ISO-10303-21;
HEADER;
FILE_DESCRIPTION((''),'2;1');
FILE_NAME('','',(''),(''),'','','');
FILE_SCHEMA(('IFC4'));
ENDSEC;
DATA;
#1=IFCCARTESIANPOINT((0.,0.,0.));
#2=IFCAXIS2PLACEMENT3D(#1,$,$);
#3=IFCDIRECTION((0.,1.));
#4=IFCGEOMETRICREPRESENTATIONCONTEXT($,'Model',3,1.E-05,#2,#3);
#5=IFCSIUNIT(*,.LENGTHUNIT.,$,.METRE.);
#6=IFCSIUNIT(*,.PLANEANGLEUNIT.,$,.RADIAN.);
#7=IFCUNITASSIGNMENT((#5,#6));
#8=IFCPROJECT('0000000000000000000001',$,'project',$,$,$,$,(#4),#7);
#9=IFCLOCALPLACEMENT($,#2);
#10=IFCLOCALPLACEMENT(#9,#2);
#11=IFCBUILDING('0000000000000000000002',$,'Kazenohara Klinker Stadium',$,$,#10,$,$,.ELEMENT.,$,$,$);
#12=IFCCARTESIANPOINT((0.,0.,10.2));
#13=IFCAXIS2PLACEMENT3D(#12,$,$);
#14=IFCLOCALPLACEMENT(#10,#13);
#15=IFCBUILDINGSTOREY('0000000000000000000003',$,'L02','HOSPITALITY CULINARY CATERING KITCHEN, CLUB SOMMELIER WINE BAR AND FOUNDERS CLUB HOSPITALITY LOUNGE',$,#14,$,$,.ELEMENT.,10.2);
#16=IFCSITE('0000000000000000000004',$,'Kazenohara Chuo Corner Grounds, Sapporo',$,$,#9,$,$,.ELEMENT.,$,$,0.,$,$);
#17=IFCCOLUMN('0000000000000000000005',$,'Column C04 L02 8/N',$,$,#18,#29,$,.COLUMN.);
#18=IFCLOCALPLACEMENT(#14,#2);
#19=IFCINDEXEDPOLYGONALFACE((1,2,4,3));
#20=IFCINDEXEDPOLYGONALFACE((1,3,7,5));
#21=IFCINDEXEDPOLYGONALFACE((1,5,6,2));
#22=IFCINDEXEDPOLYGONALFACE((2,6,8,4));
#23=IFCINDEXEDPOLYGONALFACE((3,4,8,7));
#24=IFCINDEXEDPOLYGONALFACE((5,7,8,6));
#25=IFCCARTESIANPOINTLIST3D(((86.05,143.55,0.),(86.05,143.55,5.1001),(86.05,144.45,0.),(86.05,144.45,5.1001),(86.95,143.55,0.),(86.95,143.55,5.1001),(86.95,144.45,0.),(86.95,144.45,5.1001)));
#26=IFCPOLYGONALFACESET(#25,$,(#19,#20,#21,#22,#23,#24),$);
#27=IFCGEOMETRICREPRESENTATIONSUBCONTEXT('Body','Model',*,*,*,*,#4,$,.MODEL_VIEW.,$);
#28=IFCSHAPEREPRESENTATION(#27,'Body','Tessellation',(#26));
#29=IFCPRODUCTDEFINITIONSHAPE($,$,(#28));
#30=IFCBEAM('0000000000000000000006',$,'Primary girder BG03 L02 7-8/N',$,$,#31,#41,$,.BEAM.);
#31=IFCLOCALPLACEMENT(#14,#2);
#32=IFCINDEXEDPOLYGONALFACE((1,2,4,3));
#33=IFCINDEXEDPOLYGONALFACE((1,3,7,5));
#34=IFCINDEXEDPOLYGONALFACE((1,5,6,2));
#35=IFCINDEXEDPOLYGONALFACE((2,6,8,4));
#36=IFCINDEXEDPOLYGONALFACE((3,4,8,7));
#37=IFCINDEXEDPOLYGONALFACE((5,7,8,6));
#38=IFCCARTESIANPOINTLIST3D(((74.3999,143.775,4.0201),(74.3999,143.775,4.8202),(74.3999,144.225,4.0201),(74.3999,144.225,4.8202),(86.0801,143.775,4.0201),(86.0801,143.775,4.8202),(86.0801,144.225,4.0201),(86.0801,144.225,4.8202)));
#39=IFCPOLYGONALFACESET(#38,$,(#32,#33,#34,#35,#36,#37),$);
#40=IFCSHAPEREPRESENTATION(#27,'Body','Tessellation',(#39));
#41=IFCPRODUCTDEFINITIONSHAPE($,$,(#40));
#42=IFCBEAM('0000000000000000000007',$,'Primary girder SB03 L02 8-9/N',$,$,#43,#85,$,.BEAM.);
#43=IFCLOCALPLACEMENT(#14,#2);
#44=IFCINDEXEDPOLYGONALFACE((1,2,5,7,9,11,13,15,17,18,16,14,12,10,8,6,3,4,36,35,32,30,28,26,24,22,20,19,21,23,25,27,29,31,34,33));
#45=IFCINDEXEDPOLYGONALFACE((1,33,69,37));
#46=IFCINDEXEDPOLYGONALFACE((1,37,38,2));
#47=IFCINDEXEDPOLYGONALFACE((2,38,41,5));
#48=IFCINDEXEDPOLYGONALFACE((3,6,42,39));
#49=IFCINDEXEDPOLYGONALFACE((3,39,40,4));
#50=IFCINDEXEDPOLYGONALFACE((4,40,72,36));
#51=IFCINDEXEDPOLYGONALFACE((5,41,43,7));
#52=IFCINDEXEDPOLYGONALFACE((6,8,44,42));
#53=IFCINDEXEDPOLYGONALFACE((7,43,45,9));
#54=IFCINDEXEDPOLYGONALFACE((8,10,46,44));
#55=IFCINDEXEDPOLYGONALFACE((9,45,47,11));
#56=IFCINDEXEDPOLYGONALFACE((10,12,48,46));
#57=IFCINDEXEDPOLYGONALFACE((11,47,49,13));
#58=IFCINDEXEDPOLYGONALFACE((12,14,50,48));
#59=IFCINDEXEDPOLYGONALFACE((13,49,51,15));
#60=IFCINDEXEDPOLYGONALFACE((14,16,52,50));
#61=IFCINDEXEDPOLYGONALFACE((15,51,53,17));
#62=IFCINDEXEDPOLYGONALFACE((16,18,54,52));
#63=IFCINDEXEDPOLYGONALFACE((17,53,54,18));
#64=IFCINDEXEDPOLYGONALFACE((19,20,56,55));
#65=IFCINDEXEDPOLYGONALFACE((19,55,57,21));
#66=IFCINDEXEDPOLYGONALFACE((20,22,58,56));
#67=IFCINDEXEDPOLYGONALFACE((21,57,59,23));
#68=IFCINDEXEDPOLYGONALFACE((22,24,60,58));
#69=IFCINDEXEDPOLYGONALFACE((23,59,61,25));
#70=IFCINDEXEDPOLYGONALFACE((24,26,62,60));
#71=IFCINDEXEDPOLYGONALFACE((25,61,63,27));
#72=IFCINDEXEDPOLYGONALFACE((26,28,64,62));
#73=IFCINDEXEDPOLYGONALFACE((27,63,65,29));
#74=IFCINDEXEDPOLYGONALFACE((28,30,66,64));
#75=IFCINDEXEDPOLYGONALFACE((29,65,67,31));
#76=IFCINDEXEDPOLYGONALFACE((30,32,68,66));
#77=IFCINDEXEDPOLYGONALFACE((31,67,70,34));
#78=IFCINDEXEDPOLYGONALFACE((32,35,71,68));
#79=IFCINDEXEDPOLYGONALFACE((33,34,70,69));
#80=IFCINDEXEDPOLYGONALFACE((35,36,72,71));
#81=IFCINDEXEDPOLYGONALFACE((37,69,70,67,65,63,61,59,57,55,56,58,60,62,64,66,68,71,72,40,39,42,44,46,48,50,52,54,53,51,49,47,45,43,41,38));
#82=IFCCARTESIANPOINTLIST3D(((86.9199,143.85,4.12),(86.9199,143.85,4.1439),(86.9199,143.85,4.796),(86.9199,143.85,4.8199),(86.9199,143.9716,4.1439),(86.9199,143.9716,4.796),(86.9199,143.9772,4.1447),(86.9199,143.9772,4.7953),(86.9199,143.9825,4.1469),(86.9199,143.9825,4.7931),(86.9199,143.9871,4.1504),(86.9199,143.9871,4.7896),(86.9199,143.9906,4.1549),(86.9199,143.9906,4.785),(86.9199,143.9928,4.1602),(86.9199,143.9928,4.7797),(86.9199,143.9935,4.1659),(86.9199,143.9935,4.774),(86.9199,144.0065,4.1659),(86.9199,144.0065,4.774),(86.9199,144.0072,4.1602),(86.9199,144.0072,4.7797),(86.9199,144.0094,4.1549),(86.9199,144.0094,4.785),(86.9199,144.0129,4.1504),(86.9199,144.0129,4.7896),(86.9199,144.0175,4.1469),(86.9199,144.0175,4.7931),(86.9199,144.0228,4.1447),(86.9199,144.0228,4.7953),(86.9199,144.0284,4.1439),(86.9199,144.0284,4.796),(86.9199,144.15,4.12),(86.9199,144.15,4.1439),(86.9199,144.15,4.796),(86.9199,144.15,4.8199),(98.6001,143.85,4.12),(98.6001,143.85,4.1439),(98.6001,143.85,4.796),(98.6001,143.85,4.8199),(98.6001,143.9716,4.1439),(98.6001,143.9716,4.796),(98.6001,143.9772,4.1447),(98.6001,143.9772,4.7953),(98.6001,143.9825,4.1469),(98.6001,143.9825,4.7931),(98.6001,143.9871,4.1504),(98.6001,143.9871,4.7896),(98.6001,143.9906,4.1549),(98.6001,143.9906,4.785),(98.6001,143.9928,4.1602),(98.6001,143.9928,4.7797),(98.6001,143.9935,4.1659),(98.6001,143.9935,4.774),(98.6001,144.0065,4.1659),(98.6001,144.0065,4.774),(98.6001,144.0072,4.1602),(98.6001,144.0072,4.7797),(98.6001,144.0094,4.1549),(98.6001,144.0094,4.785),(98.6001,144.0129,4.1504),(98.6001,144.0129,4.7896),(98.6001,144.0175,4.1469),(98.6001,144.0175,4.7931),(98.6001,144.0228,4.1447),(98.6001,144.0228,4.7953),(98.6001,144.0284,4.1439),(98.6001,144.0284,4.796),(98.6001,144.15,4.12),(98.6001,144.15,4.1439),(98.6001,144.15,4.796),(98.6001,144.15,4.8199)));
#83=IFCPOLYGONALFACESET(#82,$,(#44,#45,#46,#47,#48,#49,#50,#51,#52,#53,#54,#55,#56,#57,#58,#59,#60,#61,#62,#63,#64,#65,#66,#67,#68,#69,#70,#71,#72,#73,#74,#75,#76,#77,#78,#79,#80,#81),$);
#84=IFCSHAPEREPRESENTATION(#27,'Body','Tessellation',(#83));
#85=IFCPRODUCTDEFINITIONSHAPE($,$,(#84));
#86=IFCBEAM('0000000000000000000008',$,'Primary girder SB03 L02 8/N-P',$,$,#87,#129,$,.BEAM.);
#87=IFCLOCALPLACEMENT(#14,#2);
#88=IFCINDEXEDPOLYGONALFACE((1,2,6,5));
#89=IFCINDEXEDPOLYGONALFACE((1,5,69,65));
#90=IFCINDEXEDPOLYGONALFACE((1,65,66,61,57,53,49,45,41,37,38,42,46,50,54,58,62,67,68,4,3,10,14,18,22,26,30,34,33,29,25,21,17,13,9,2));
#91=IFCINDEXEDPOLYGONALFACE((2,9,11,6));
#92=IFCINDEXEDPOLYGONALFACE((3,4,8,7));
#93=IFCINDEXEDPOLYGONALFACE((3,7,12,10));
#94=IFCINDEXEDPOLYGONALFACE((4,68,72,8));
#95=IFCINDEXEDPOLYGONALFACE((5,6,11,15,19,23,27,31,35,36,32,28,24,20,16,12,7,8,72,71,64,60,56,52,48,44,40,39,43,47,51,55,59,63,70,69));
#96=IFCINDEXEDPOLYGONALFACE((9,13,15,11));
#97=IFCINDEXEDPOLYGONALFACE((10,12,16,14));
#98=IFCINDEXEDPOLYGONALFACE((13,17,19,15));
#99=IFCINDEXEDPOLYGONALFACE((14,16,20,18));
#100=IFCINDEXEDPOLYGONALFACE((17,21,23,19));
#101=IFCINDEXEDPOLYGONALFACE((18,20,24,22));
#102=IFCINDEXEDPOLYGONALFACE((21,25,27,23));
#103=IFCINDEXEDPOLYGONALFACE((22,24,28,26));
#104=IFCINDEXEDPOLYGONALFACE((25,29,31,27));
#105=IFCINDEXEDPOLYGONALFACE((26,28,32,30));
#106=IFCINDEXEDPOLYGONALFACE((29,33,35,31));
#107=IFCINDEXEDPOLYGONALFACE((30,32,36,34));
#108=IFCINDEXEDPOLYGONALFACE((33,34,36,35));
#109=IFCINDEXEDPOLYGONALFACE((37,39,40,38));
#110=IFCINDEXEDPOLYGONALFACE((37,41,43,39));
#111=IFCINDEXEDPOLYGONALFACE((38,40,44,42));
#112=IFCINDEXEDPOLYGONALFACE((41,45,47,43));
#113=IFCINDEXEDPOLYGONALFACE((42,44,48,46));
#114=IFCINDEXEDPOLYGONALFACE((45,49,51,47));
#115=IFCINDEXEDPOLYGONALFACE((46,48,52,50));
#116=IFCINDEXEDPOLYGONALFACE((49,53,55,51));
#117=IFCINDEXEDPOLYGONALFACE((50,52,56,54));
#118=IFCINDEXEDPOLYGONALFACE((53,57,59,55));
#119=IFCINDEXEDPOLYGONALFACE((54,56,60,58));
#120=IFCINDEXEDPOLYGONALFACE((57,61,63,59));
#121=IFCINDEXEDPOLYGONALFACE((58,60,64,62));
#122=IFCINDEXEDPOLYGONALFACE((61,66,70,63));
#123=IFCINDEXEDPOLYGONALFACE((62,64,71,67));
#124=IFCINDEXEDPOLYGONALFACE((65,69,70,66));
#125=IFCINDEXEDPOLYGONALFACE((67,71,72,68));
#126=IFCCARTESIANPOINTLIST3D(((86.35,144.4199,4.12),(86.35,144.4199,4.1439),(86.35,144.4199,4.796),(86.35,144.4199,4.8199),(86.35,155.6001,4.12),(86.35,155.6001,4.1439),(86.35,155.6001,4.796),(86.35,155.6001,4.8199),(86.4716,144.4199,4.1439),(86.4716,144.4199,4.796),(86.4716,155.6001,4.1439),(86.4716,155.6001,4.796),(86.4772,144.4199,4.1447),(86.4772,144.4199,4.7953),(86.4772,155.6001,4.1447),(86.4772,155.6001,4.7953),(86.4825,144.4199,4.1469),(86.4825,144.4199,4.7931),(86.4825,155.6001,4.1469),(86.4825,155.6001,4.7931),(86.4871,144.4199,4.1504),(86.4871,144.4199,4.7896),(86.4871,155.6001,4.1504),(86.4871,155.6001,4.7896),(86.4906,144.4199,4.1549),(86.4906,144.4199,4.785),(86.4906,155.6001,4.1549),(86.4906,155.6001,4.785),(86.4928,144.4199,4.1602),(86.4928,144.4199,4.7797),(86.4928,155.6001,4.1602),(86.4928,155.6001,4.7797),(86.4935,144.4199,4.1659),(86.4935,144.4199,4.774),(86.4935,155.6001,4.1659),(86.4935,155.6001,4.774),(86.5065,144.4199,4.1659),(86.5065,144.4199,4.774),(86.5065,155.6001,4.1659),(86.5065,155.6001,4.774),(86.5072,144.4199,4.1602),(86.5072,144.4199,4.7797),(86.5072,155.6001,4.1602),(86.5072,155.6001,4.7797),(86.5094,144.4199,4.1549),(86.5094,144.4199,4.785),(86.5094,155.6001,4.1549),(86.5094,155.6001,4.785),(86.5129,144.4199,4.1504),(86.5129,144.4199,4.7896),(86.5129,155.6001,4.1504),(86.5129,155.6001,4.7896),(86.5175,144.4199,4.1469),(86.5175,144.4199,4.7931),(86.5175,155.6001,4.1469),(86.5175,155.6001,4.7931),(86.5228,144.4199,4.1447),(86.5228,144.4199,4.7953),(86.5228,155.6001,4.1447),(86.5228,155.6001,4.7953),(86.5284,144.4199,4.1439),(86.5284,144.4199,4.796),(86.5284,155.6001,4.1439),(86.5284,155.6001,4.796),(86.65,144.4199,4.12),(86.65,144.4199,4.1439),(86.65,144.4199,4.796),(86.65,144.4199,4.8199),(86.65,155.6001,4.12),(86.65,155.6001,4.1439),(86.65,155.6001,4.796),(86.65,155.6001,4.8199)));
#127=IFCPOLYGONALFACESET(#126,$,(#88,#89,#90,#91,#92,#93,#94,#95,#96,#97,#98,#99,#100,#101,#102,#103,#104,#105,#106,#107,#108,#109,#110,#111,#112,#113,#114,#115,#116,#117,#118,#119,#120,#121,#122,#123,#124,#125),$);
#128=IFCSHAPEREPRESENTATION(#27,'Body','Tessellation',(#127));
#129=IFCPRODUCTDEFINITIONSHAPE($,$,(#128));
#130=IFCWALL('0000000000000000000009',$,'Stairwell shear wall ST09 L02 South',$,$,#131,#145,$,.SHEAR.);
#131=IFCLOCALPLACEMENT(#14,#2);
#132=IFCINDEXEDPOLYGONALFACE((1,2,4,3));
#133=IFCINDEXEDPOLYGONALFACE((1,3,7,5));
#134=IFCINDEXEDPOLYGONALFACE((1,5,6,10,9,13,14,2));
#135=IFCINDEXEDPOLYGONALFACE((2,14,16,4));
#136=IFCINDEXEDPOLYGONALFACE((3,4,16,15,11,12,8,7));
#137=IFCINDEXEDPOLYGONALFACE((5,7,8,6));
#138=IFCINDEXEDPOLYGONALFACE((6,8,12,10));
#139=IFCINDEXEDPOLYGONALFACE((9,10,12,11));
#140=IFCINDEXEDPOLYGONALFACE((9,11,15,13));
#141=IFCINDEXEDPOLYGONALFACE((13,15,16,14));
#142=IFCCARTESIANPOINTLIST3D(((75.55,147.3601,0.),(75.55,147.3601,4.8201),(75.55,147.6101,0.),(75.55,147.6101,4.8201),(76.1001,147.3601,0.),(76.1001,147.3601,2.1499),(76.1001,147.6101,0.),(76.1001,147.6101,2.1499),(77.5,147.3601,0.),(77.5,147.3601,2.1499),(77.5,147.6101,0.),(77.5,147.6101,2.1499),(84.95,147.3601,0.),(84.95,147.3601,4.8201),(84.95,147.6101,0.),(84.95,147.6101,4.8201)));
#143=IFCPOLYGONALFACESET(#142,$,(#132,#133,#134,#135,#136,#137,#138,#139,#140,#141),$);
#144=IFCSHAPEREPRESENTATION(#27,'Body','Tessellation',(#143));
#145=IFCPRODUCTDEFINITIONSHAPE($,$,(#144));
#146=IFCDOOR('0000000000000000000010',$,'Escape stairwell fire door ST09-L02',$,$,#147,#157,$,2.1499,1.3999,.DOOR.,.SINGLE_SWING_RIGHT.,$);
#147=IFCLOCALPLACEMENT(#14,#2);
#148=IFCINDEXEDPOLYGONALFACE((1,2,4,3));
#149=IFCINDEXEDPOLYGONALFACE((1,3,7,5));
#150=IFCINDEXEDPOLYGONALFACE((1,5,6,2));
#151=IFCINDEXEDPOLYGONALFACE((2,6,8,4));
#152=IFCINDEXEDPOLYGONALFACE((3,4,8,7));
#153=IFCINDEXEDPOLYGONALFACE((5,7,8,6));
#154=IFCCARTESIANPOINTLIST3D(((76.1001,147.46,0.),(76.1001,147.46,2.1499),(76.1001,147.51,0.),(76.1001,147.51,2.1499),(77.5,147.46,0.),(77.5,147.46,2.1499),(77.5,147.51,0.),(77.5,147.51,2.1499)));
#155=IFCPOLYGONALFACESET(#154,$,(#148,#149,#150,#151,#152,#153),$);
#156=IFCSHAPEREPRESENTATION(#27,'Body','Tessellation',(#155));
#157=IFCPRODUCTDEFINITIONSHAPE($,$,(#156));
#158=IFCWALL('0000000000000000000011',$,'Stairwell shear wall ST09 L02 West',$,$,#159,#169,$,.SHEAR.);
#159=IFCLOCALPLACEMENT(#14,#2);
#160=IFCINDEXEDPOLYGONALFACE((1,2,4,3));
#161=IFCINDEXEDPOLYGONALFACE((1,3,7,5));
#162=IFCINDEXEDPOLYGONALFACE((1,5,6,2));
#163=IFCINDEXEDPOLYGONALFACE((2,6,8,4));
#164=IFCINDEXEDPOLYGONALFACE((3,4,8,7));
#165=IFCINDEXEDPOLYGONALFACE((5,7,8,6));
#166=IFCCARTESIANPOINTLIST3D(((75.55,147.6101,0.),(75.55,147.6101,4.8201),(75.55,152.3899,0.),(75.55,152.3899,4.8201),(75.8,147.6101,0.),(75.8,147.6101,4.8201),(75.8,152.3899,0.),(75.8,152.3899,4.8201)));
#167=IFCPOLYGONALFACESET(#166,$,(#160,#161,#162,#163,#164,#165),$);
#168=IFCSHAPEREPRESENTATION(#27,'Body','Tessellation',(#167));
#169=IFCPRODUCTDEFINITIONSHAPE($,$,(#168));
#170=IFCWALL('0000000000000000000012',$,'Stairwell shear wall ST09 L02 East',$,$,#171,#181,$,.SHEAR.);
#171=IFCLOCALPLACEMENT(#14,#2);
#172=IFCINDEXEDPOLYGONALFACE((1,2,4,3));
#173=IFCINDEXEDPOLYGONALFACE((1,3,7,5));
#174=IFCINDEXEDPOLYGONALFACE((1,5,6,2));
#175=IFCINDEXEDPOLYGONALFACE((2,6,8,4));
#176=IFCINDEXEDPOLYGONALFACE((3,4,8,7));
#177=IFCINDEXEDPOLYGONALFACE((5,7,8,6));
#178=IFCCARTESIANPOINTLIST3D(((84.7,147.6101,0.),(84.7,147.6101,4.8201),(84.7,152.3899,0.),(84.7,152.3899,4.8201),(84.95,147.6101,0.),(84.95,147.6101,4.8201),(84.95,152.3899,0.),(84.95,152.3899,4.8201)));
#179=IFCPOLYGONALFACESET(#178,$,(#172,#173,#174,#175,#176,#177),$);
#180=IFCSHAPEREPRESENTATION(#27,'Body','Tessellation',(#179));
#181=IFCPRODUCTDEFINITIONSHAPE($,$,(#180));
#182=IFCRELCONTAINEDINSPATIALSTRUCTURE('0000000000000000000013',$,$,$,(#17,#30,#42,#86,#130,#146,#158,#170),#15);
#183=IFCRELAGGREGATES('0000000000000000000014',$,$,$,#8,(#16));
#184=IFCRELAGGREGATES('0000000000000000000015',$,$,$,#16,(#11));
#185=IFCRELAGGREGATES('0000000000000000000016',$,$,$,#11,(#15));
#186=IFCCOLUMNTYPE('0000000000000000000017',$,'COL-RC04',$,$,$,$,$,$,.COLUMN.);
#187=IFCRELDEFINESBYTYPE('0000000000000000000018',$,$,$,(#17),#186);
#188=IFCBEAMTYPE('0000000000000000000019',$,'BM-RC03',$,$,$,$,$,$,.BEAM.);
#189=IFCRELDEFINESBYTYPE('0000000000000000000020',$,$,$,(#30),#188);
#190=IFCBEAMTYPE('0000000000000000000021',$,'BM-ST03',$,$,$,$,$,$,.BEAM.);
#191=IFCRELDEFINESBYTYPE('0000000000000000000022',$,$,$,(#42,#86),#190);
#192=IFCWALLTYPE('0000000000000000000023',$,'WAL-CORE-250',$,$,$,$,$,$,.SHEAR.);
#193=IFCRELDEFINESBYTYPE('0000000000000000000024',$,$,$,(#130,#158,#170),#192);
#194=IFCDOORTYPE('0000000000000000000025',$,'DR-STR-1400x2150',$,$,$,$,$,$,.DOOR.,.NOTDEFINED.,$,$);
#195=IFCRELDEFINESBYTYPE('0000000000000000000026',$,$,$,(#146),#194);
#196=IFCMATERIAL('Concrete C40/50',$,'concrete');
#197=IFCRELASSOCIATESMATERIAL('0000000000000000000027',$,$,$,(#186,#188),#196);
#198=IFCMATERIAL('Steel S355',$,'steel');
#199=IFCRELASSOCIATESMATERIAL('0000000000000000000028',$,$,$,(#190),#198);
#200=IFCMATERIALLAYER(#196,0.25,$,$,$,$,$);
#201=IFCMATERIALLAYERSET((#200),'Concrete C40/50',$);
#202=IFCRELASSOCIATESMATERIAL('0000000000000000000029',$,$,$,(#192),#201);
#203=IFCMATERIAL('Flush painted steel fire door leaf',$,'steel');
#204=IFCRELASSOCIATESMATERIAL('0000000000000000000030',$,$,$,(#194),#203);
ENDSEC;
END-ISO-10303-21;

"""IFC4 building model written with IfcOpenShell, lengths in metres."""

from ifc_helpers import new_model, si_unit, direction, frame, frame_2d, origin, origin_2d, place, context, subcontext, project, spatial, rectangle, i_section, extrude, material, layer, layer_set, material_profile, profile_set, type_object, element, fill, save


model = new_model("IFC4")

# Units and contexts
model_context = context("Model", 3, precision=1e-05, world=origin(), true_north=direction((0.0, 1.0)))
body_context = subcontext(model_context, "Body", "Model", "MODEL_VIEW")
ifc_project = project(units=[si_unit("LENGTHUNIT", "METRE"), si_unit("PLANEANGLEUNIT", "RADIAN")], contexts=[model_context])

# Site, building, storey
site_placement = place(None, origin())
site = spatial("IfcSite", under=ifc_project, at=site_placement, Name="Kazenohara Chuo Corner Grounds, Sapporo", CompositionType="ELEMENT", RefElevation=0.0)
building_placement = place(site_placement, origin())
building = spatial("IfcBuilding", under=site, at=building_placement, Name="Kazenohara Klinker Stadium", CompositionType="ELEMENT")
storey_placement = place(building_placement, frame((0.0, 0.0, 10.2)))
storey = spatial("IfcBuildingStorey", under=building, at=storey_placement, Name="L02", Description="HOSPITALITY CULINARY CATERING KITCHEN, CLUB SOMMELIER WINE BAR AND FOUNDERS CLUB HOSPITALITY LOUNGE", CompositionType="ELEMENT", Elevation=10.2)

# Column
ifc_material_1 = material(Name="Concrete C40/50", Category="concrete")
ifc_material_profile_1 = material_profile(ifc_material_1, rectangle(XDim=0.8999, YDim=0.8999, at=origin_2d()), Name="RC-COL-900x900")
ifc_profile_set_1 = profile_set([ifc_material_profile_1], Name="Concrete C40/50")
column_type = type_object("IfcColumnType", Name="COL-RC04", PredefinedType="COLUMN", material=ifc_profile_set_1)
column_placement = place(storey_placement, frame((86.5, 144.0, 0.0), z_axis=(0.0, 0.0, 1.0), x_axis=(1.0, 0.0, 0.0)))
element("IfcColumn", 1, at=column_placement, inside=storey, type_object=column_type, Name="Column C04 L02 8/N", PredefinedType="COLUMN", context=body_context, shape_type="SweptSolid", body=[
    extrude(rectangle(XDim=0.8999, YDim=0.8999, at=origin_2d()), origin(), (0.0, 0.0, 1.0), 5.1001),
])

# Beams
ifc_material_profile_2 = material_profile(ifc_material_1, rectangle(XDim=0.45, YDim=0.8, at=origin_2d()), Name="RC-BM-450x800")
ifc_profile_set_2 = profile_set([ifc_material_profile_2], Name="Concrete C40/50")
beam_type_1 = type_object("IfcBeamType", Name="BM-RC03", PredefinedType="BEAM", material=ifc_profile_set_2)
beam_1_placement = place(storey_placement, frame((74.3999, 144.0, 4.4202), z_axis=(1.0, 0.0, 0.0), x_axis=(0.0, 1.0, 0.0)))
element("IfcBeam", 2, at=beam_1_placement, inside=storey, type_object=beam_type_1, Name="Primary girder BG03 L02 7-8/N", PredefinedType="BEAM", context=body_context, shape_type="SweptSolid", body=[
    extrude(rectangle(XDim=0.45, YDim=0.8, at=origin_2d()), origin(), (0.0, 0.0, 1.0), 11.6802),
])
ifc_material_2 = material(Name="Steel S355", Category="steel")
ifc_material_profile_3 = material_profile(ifc_material_2, i_section(OverallWidth=0.3, OverallDepth=0.7, WebThickness=0.0129, FlangeThickness=0.0239, FilletRadius=0.022, at=origin_2d()), Name="H-700x300x13x24")
ifc_profile_set_3 = profile_set([ifc_material_profile_3], Name="Steel S355")
beam_type_2 = type_object("IfcBeamType", Name="BM-ST03", PredefinedType="BEAM", material=ifc_profile_set_3)
beam_2_placement = place(storey_placement, frame((86.9199, 144.0, 4.47), z_axis=(1.0, 0.0, 0.0), x_axis=(0.0, 1.0, 0.0)))
element("IfcBeam", 3, at=beam_2_placement, inside=storey, type_object=beam_type_2, Name="Primary girder SB03 L02 8-9/N", PredefinedType="BEAM", context=body_context, shape_type="SweptSolid", body=[
    extrude(i_section(OverallWidth=0.3, OverallDepth=0.7, WebThickness=0.0129, FlangeThickness=0.0239, FilletRadius=0.022, at=origin_2d()), origin(), (0.0, 0.0, 1.0), 11.6802),
])
beam_3_placement = place(storey_placement, frame((86.5, 144.4199, 4.47), z_axis=(0.0, 1.0, 0.0), x_axis=(-1.0, 0.0, 0.0)))
element("IfcBeam", 4, at=beam_3_placement, inside=storey, type_object=beam_type_2, Name="Primary girder SB03 L02 8/N-P", PredefinedType="BEAM", context=body_context, shape_type="SweptSolid", body=[
    extrude(i_section(OverallWidth=0.3, OverallDepth=0.7, WebThickness=0.0129, FlangeThickness=0.0239, FilletRadius=0.022, at=origin_2d()), origin(), (0.0, 0.0, 1.0), 11.1802),
])

# Wall, opening, door
ifc_layer_1 = layer(ifc_material_1, 0.25)
ifc_layer_set_1 = layer_set([ifc_layer_1], Name="Concrete C40/50")
wall_type = type_object("IfcWallType", Name="WAL-CORE-250", PredefinedType="SHEAR", material=ifc_layer_set_1)
wall_1_placement = place(storey_placement, frame((75.55, 147.4851, 0.0), z_axis=(0.0, 0.0, 1.0), x_axis=(1.0, 0.0, 0.0)))
wall_1 = element("IfcWall", 5, at=wall_1_placement, inside=storey, type_object=wall_type, Name="Stairwell shear wall ST09 L02 South", PredefinedType="SHEAR", context=body_context, shape_type="SweptSolid", body=[
    extrude(rectangle(XDim=9.3999, YDim=0.25, at=frame_2d((4.7, 0.0))), origin(), (0.0, 0.0, 1.0), 4.8201),
])
opening_placement = place(wall_1_placement, frame((0.55, 0.0, 0.0)))
opening = element("IfcOpeningElement", 6, at=opening_placement, cuts=wall_1, PredefinedType="OPENING", context=body_context, shape_type="SweptSolid", body=[
    extrude(rectangle(XDim=1.3999, YDim=2.1499, at=frame_2d((0.7, 1.075))), frame((0.0, 0.135, 0.0), z_axis=(0.0, -1.0, 0.0), x_axis=(1.0, 0.0, 0.0)), (0.0, 0.0, 1.0), 0.27),
])
ifc_material_3 = material(Name="Flush painted steel fire door leaf", Category="steel")
door_type = type_object("IfcDoorType", Name="DR-STR-1400x2150", OperationType="NOTDEFINED", PredefinedType="DOOR", material=ifc_material_3)
door_placement = place(opening_placement, origin())
door = element("IfcDoor", 7, at=door_placement, inside=storey, type_object=door_type, Name="Escape stairwell fire door ST09-L02", OperationType="SINGLE_SWING_RIGHT", OverallHeight=2.1499, OverallWidth=1.3999, PredefinedType="DOOR", context=body_context, shape_type="SweptSolid", body=[
    extrude(rectangle(XDim=1.3999, YDim=2.1499, at=frame_2d((0.7, 1.075))), frame((0.0, 0.0249, 0.0), z_axis=(0.0, -1.0, 0.0), x_axis=(1.0, 0.0, 0.0)), (0.0, 0.0, 1.0), 0.05),
])
fill(opening, door)

# Walls
for number, where, z_axis, x_axis, name in (
    (8, (75.675, 147.6101, 0.0), (0.0, 0.0, 1.0), (0.0, 1.0, 0.0), "Stairwell shear wall ST09 L02 West"),
    (9, (84.825, 147.6101, 0.0), (0.0, 0.0, 1.0), (0.0, 1.0, 0.0), "Stairwell shear wall ST09 L02 East"),
):
    element("IfcWall", number, at=place(storey_placement, frame(where, z_axis=z_axis, x_axis=x_axis)), inside=storey, type_object=wall_type, Name=name, PredefinedType="SHEAR", context=body_context, shape_type="SweptSolid", body=[
        extrude(rectangle(XDim=4.7798, YDim=0.25, at=frame_2d((2.3899, 0.0))), origin(), (0.0, 0.0, 1.0), 4.8201),
    ])

save(model, "model.ifc")
